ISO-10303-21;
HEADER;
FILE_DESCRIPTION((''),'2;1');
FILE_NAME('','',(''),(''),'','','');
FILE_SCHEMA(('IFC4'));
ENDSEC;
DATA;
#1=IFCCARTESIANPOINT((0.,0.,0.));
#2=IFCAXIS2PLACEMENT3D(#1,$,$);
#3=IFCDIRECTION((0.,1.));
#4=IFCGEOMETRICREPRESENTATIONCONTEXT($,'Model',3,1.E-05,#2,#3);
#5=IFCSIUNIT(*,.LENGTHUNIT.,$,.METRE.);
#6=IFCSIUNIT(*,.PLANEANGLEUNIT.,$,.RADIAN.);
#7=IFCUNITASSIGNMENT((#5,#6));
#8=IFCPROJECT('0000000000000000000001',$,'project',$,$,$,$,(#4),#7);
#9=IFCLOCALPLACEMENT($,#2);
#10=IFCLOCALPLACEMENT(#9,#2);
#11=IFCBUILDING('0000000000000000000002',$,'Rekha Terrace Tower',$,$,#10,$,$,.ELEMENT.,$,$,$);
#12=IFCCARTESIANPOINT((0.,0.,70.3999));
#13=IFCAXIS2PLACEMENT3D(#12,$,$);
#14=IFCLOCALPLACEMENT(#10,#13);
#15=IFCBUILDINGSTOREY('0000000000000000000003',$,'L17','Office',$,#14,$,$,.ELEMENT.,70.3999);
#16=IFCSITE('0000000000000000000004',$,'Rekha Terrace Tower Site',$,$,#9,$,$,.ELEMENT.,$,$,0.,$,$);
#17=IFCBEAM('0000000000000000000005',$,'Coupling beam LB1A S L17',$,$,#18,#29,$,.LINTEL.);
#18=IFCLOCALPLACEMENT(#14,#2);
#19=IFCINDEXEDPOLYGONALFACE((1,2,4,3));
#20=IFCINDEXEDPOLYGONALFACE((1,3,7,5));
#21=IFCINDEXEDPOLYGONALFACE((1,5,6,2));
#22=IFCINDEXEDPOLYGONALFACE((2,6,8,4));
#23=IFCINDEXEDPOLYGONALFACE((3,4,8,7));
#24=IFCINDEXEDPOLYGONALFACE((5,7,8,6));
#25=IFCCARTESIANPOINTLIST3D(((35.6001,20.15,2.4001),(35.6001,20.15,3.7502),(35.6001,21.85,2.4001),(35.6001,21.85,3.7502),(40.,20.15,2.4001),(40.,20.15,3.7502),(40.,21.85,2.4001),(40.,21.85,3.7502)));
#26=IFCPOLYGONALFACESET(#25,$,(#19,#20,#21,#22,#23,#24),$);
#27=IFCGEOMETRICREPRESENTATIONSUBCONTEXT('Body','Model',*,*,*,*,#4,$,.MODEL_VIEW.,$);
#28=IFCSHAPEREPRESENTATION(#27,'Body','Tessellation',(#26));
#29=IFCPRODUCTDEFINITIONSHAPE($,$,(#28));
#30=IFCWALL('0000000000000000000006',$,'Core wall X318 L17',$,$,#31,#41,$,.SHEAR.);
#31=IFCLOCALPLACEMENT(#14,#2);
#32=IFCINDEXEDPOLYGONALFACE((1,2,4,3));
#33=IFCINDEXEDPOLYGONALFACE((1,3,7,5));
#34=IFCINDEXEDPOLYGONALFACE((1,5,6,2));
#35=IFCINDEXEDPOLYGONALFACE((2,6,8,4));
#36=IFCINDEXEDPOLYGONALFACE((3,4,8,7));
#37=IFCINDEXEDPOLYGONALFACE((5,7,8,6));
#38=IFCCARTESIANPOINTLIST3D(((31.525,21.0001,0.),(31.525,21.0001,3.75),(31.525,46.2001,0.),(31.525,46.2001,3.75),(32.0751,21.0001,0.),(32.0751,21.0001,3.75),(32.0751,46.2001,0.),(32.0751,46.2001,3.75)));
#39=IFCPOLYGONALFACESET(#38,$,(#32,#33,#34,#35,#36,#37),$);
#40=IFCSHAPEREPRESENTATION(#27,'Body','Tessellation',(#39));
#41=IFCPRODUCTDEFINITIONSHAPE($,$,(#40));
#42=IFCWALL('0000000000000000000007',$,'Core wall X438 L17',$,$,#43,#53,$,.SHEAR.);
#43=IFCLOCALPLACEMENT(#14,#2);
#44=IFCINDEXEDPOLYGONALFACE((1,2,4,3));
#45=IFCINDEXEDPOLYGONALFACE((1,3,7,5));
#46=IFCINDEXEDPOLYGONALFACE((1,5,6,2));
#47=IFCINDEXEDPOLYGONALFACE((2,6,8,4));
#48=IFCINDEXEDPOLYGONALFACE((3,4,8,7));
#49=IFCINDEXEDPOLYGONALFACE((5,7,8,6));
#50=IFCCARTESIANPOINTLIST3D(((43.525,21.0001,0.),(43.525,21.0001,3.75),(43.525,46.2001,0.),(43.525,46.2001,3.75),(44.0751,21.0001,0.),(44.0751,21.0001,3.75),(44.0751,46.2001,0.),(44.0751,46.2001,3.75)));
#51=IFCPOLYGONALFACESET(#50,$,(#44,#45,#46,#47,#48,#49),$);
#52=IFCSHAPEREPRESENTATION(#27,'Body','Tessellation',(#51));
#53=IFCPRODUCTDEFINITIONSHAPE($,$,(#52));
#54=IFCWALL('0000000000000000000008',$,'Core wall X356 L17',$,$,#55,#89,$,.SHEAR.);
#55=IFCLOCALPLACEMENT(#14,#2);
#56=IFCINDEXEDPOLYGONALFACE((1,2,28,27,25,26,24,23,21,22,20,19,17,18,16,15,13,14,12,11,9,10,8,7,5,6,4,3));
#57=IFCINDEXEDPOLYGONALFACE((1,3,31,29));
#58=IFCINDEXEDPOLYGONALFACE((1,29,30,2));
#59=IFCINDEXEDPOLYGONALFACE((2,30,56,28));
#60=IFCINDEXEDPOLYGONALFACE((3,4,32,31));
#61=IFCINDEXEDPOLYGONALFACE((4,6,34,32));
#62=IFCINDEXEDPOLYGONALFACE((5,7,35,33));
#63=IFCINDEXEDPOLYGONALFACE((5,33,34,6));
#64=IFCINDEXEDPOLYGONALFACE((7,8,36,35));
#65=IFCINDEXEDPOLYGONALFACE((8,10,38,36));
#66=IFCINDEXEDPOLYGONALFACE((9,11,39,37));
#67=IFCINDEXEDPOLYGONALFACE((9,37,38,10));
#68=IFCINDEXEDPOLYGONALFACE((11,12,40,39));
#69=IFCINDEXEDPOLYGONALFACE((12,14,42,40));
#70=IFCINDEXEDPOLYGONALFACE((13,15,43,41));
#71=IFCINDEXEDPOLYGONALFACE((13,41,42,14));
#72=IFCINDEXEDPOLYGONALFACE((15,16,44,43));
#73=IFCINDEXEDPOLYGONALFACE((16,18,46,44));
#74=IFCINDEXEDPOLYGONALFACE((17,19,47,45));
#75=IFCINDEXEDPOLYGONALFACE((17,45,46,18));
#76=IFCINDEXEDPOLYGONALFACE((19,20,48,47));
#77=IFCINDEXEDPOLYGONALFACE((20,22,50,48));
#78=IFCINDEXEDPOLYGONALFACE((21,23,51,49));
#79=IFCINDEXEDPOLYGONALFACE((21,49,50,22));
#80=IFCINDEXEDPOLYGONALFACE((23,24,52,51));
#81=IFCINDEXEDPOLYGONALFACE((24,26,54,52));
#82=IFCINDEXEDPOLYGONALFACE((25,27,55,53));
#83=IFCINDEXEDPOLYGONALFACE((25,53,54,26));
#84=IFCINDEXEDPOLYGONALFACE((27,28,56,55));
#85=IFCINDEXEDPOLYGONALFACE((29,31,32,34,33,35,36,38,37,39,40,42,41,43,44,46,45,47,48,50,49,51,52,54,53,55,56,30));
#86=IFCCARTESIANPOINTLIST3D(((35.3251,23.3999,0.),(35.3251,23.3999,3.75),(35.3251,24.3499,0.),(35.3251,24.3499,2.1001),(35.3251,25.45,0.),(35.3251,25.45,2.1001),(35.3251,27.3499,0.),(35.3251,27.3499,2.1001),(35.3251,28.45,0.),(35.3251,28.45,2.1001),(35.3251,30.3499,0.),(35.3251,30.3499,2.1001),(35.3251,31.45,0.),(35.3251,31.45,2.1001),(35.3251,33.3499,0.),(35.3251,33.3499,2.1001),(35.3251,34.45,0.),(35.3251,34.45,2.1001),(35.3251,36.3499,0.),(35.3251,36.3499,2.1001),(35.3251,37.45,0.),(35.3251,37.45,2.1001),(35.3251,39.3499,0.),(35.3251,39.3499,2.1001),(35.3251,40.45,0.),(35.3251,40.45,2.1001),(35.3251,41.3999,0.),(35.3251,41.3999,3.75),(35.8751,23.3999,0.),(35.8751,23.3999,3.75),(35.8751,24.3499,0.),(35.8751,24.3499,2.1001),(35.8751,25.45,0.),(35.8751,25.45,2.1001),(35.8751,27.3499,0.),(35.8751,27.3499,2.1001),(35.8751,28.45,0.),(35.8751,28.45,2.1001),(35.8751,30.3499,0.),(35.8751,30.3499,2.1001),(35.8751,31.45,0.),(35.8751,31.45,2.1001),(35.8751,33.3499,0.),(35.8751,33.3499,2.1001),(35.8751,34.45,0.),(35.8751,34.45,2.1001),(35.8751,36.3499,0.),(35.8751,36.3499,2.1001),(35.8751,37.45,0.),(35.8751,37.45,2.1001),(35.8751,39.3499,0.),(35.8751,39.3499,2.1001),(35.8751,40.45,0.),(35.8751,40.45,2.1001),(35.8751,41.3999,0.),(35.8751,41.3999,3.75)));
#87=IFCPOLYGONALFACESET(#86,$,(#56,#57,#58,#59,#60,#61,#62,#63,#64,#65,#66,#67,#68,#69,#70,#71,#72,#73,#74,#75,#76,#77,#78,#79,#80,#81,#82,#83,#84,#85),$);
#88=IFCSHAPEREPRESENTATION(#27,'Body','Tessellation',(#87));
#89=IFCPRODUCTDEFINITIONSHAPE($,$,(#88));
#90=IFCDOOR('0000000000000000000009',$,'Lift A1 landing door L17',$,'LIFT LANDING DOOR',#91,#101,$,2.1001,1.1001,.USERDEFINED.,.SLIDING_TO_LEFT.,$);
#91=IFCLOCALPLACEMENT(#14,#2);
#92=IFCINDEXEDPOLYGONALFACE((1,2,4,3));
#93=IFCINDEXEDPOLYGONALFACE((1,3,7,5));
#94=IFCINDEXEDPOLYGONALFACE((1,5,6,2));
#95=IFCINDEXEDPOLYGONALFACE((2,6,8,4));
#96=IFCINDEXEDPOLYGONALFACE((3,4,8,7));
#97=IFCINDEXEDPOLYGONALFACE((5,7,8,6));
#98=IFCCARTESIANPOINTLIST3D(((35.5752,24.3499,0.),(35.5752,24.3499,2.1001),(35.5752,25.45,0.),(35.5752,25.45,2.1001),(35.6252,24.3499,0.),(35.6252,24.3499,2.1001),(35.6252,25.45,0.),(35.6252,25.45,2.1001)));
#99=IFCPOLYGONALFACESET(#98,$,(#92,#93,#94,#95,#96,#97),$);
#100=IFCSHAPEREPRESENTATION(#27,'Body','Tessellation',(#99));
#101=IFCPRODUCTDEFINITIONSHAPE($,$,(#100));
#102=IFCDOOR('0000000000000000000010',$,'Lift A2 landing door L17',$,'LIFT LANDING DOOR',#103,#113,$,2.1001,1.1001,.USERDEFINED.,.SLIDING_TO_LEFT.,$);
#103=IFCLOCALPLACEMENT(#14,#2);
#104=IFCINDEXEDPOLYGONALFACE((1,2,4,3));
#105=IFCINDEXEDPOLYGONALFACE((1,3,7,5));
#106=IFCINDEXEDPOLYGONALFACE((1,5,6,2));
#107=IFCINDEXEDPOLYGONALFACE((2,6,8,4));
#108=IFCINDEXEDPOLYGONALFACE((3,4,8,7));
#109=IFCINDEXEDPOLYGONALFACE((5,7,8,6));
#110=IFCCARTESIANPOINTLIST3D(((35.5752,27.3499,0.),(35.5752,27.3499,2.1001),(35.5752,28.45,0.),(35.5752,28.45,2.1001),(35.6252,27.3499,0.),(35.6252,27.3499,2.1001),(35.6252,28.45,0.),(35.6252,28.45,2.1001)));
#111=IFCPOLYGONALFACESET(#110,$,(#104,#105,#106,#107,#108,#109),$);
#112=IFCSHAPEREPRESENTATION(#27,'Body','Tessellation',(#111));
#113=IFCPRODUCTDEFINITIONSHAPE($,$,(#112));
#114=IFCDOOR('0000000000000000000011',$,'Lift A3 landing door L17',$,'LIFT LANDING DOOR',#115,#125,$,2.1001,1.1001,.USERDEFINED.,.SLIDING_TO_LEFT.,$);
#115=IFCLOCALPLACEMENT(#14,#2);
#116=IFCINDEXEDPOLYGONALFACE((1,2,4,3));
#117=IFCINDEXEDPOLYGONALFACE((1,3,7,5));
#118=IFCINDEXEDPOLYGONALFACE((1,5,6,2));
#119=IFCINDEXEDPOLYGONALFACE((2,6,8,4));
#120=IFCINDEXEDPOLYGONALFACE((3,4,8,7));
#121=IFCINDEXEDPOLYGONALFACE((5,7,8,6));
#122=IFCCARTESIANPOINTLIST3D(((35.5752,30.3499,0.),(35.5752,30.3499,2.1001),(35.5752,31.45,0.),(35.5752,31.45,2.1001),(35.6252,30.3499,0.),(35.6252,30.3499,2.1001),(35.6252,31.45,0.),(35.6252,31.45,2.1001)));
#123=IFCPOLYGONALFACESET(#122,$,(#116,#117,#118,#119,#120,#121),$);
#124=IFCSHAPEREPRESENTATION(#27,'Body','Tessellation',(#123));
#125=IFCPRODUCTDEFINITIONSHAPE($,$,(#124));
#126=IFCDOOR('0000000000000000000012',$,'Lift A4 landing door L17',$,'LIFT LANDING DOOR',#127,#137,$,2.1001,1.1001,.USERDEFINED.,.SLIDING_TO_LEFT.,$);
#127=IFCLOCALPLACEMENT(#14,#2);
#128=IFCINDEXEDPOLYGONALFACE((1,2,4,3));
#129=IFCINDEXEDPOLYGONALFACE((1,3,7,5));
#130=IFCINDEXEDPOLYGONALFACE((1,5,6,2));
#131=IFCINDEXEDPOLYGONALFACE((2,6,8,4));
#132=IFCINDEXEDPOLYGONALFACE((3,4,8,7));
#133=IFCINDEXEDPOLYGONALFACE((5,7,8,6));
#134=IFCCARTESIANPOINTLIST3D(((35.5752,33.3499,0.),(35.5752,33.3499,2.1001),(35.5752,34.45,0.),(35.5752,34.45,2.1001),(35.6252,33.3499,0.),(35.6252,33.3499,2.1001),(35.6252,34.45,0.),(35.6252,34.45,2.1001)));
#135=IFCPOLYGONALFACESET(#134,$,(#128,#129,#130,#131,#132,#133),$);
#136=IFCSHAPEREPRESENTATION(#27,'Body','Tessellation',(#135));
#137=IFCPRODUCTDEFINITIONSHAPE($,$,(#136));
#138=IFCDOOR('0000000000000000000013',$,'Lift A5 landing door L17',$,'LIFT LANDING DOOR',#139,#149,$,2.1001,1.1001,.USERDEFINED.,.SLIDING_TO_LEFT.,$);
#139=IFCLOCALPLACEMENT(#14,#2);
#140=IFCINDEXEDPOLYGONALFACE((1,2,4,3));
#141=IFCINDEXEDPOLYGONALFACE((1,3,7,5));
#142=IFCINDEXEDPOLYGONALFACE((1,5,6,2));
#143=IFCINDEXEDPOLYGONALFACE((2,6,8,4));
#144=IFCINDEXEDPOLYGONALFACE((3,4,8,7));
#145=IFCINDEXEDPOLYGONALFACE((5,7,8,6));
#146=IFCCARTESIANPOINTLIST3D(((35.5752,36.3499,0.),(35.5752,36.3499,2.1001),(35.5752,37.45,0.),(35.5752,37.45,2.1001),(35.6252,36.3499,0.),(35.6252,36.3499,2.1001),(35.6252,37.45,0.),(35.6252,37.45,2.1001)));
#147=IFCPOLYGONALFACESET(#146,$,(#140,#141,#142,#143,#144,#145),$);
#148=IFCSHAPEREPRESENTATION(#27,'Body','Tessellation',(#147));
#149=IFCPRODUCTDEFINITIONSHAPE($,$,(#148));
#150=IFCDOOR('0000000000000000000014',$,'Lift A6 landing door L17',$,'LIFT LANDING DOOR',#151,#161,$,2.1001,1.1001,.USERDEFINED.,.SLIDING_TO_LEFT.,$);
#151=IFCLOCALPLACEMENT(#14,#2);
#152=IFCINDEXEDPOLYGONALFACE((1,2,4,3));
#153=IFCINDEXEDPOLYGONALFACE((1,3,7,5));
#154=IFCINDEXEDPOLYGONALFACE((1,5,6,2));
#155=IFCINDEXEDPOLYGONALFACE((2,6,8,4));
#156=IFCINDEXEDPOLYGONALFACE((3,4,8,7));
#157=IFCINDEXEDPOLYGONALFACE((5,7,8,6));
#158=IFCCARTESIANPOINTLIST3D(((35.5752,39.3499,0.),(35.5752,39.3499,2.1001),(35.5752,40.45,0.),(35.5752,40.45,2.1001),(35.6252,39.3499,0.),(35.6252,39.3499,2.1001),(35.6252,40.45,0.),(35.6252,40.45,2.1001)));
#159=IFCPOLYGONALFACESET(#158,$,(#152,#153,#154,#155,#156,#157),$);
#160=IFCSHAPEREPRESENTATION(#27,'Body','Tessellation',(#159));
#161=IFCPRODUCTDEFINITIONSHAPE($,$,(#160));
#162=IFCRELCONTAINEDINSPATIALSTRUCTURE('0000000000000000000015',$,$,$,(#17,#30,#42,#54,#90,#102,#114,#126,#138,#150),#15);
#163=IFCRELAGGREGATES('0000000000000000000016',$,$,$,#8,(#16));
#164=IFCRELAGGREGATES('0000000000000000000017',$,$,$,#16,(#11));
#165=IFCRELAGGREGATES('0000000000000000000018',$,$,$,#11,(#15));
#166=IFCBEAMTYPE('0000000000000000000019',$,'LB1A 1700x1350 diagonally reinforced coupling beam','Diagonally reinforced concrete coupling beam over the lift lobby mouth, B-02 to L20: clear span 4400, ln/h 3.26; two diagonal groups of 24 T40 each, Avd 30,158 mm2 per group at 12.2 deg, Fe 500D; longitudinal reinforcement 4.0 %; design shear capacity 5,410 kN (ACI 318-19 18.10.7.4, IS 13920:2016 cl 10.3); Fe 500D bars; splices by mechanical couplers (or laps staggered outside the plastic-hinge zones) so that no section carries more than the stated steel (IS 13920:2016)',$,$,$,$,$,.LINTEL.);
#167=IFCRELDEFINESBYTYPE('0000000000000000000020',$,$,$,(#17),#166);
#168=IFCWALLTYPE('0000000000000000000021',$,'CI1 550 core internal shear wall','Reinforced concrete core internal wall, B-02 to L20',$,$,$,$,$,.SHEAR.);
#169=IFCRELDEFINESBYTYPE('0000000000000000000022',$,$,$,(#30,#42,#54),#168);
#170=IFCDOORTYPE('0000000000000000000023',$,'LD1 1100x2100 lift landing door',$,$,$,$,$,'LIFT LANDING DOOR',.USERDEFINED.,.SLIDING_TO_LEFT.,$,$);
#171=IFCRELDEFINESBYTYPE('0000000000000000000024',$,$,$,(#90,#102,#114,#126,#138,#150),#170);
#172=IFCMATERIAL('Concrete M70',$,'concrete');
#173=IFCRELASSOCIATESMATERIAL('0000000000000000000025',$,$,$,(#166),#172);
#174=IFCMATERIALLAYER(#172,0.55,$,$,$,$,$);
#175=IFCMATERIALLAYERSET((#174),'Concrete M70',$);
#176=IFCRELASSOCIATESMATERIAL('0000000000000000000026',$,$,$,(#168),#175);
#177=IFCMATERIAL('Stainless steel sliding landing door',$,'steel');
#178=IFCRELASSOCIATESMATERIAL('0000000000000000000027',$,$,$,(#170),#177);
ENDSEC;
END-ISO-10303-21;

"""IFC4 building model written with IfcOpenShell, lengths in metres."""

from ifc_helpers import new_model, si_unit, direction, frame, frame_2d, origin, origin_2d, place, context, subcontext, project, spatial, rectangle, extrude, material, layer, layer_set, material_profile, profile_set, type_object, element, fill, save


model = new_model("IFC4")

# Units and contexts
model_context = context("Model", 3, precision=1e-05, world=origin(), true_north=direction((0.0, 1.0)))
body_context = subcontext(model_context, "Body", "Model", "MODEL_VIEW")
ifc_project = project(units=[si_unit("LENGTHUNIT", "METRE"), si_unit("PLANEANGLEUNIT", "RADIAN")], contexts=[model_context])

# Site, building, storey
site_placement = place(None, origin())
site = spatial("IfcSite", under=ifc_project, at=site_placement, Name="Rekha Terrace Tower Site", CompositionType="ELEMENT", RefElevation=0.0)
building_placement = place(site_placement, origin())
building = spatial("IfcBuilding", under=site, at=building_placement, Name="Rekha Terrace Tower", CompositionType="ELEMENT")
storey_placement = place(building_placement, frame((0.0, 0.0, 70.3999)))
storey = spatial("IfcBuildingStorey", under=building, at=storey_placement, Name="L17", Description="Office", CompositionType="ELEMENT", Elevation=70.3999)

# Beam
ifc_material_1 = material(Name="Concrete M70", Category="concrete")
ifc_material_profile = material_profile(ifc_material_1, rectangle(XDim=1.7, YDim=1.3501, at=origin_2d()), Name="RC 1700x1350")
ifc_profile_set = profile_set([ifc_material_profile], Name="Concrete M70")
beam_type = type_object("IfcBeamType", Name="LB1A 1700x1350 diagonally reinforced coupling beam", Description="Diagonally reinforced concrete coupling beam over the lift lobby mouth, B-02 to L20: clear span 4400, ln/h 3.26; two diagonal groups of 24 T40 each, Avd 30,158 mm2 per group at 12.2 deg, Fe 500D; longitudinal reinforcement 4.0 %; design shear capacity 5,410 kN (ACI 318-19 18.10.7.4, IS 13920:2016 cl 10.3); Fe 500D bars; splices by mechanical couplers (or laps staggered outside the plastic-hinge zones) so that no section carries more than the stated steel (IS 13920:2016)", PredefinedType="LINTEL", material=ifc_profile_set)
beam_placement = place(storey_placement, frame((35.6001, 21.0, 3.0752), z_axis=(1.0, 0.0, 0.0), x_axis=(0.0, 1.0, 0.0)))
element("IfcBeam", 1, at=beam_placement, inside=storey, type_object=beam_type, Name="Coupling beam LB1A S L17", PredefinedType="LINTEL", context=body_context, shape_type="SweptSolid", body=[
    extrude(rectangle(XDim=1.7, YDim=1.3501, at=origin_2d()), origin(), (0.0, 0.0, 1.0), 4.3999),
])

# Walls
ifc_layer_1 = layer(ifc_material_1, 0.55)
ifc_layer_set_1 = layer_set([ifc_layer_1], Name="Concrete M70")
wall_type_1 = type_object("IfcWallType", Name="CI1 550 core internal shear wall", Description="Reinforced concrete core internal wall, B-02 to L20", PredefinedType="SHEAR", material=ifc_layer_set_1)
for number, where, z_axis, x_axis, name in (
    (2, (31.8, 21.0, 0.0), (0.0, 0.0, 1.0), (0.0, 1.0, 0.0), "Core wall X318 L17"),
    (3, (43.8, 21.0, 0.0), (0.0, 0.0, 1.0), (0.0, 1.0, 0.0), "Core wall X438 L17"),
):
    element("IfcWall", number, at=place(storey_placement, frame(where, z_axis=z_axis, x_axis=x_axis)), inside=storey, type_object=wall_type_1, Name=name, PredefinedType="SHEAR", context=body_context, shape_type="SweptSolid", body=[
        extrude(rectangle(XDim=25.2, YDim=0.55, at=frame_2d((12.6001, 0.0))), origin(), (0.0, 0.0, 1.0), 3.75),
    ])

# Wall, openings, doors
wall_1_placement = place(storey_placement, frame((35.6001, 23.3999, 0.0), z_axis=(0.0, 0.0, 1.0), x_axis=(0.0, 1.0, 0.0)))
wall_1 = element("IfcWall", 4, at=wall_1_placement, inside=storey, type_object=wall_type_1, Name="Core wall X356 L17", PredefinedType="SHEAR", context=body_context, shape_type="SweptSolid", body=[
    extrude(rectangle(XDim=18.0, YDim=0.55, at=frame_2d((9.0, 0.0))), origin(), (0.0, 0.0, 1.0), 3.75),
])
opening_1_placement = place(wall_1_placement, frame((0.95, 0.0, 0.0)))
opening_1 = element("IfcOpeningElement", 5, at=opening_1_placement, cuts=wall_1, PredefinedType="OPENING", context=body_context, shape_type="SweptSolid", body=[
    extrude(rectangle(XDim=1.1001, YDim=2.1001, at=frame_2d((0.55, 1.05))), frame((0.0, 0.2849, 0.0), z_axis=(0.0, -1.0, 0.0), x_axis=(1.0, 0.0, 0.0)), (0.0, 0.0, 1.0), 0.5701),
])
opening_2_placement = place(wall_1_placement, frame((3.95, 0.0, 0.0)))
opening_2 = element("IfcOpeningElement", 6, at=opening_2_placement, cuts=wall_1, PredefinedType="OPENING", context=body_context, shape_type="SweptSolid", body=[
    extrude(rectangle(XDim=1.1001, YDim=2.1001, at=frame_2d((0.55, 1.05))), frame((0.0, 0.2849, 0.0), z_axis=(0.0, -1.0, 0.0), x_axis=(1.0, 0.0, 0.0)), (0.0, 0.0, 1.0), 0.5701),
])
opening_3_placement = place(wall_1_placement, frame((6.95, 0.0, 0.0)))
opening_3 = element("IfcOpeningElement", 7, at=opening_3_placement, cuts=wall_1, PredefinedType="OPENING", context=body_context, shape_type="SweptSolid", body=[
    extrude(rectangle(XDim=1.1001, YDim=2.1001, at=frame_2d((0.55, 1.05))), frame((0.0, 0.2849, 0.0), z_axis=(0.0, -1.0, 0.0), x_axis=(1.0, 0.0, 0.0)), (0.0, 0.0, 1.0), 0.5701),
])
opening_4_placement = place(wall_1_placement, frame((9.95, 0.0, 0.0)))
opening_4 = element("IfcOpeningElement", 8, at=opening_4_placement, cuts=wall_1, PredefinedType="OPENING", context=body_context, shape_type="SweptSolid", body=[
    extrude(rectangle(XDim=1.1001, YDim=2.1001, at=frame_2d((0.55, 1.05))), frame((0.0, 0.2849, 0.0), z_axis=(0.0, -1.0, 0.0), x_axis=(1.0, 0.0, 0.0)), (0.0, 0.0, 1.0), 0.5701),
])
opening_5_placement = place(wall_1_placement, frame((12.95, 0.0, 0.0)))
opening_5 = element("IfcOpeningElement", 9, at=opening_5_placement, cuts=wall_1, PredefinedType="OPENING", context=body_context, shape_type="SweptSolid", body=[
    extrude(rectangle(XDim=1.1001, YDim=2.1001, at=frame_2d((0.55, 1.05))), frame((0.0, 0.2849, 0.0), z_axis=(0.0, -1.0, 0.0), x_axis=(1.0, 0.0, 0.0)), (0.0, 0.0, 1.0), 0.5701),
])
opening_6_placement = place(wall_1_placement, frame((15.95, 0.0, 0.0)))
opening_6 = element("IfcOpeningElement", 10, at=opening_6_placement, cuts=wall_1, PredefinedType="OPENING", context=body_context, shape_type="SweptSolid", body=[
    extrude(rectangle(XDim=1.1001, YDim=2.1001, at=frame_2d((0.55, 1.05))), frame((0.0, 0.2849, 0.0), z_axis=(0.0, -1.0, 0.0), x_axis=(1.0, 0.0, 0.0)), (0.0, 0.0, 1.0), 0.5701),
])
ifc_material_2 = material(Name="Stainless steel sliding landing door", Category="steel")
door_type_1 = type_object("IfcDoorType", Name="LD1 1100x2100 lift landing door", ElementType="LIFT LANDING DOOR", OperationType="SLIDING_TO_LEFT", PredefinedType="USERDEFINED", material=ifc_material_2)
door_1_placement = place(opening_1_placement, origin())
door_1 = element("IfcDoor", 11, at=door_1_placement, inside=storey, type_object=door_type_1, Name="Lift A1 landing door L17", ObjectType="LIFT LANDING DOOR", OperationType="SLIDING_TO_LEFT", OverallHeight=2.1001, OverallWidth=1.1001, PredefinedType="USERDEFINED", context=body_context, shape_type="SweptSolid", body=[
    extrude(rectangle(XDim=1.1001, YDim=2.1001, at=frame_2d((0.55, 1.05))), frame((0.0, 0.0249, 0.0), z_axis=(0.0, -1.0, 0.0), x_axis=(1.0, 0.0, 0.0)), (0.0, 0.0, 1.0), 0.05),
])
fill(opening_1, door_1)
door_2_placement = place(opening_2_placement, origin())
door_2 = element("IfcDoor", 12, at=door_2_placement, inside=storey, type_object=door_type_1, Name="Lift A2 landing door L17", ObjectType="LIFT LANDING DOOR", OperationType="SLIDING_TO_LEFT", OverallHeight=2.1001, OverallWidth=1.1001, PredefinedType="USERDEFINED", context=body_context, shape_type="SweptSolid", body=[
    extrude(rectangle(XDim=1.1001, YDim=2.1001, at=frame_2d((0.55, 1.05))), frame((0.0, 0.0249, 0.0), z_axis=(0.0, -1.0, 0.0), x_axis=(1.0, 0.0, 0.0)), (0.0, 0.0, 1.0), 0.05),
])
fill(opening_2, door_2)
door_3_placement = place(opening_3_placement, origin())
door_3 = element("IfcDoor", 13, at=door_3_placement, inside=storey, type_object=door_type_1, Name="Lift A3 landing door L17", ObjectType="LIFT LANDING DOOR", OperationType="SLIDING_TO_LEFT", OverallHeight=2.1001, OverallWidth=1.1001, PredefinedType="USERDEFINED", context=body_context, shape_type="SweptSolid", body=[
    extrude(rectangle(XDim=1.1001, YDim=2.1001, at=frame_2d((0.55, 1.05))), frame((0.0, 0.0249, 0.0), z_axis=(0.0, -1.0, 0.0), x_axis=(1.0, 0.0, 0.0)), (0.0, 0.0, 1.0), 0.05),
])
fill(opening_3, door_3)
door_4_placement = place(opening_4_placement, origin())
door_4 = element("IfcDoor", 14, at=door_4_placement, inside=storey, type_object=door_type_1, Name="Lift A4 landing door L17", ObjectType="LIFT LANDING DOOR", OperationType="SLIDING_TO_LEFT", OverallHeight=2.1001, OverallWidth=1.1001, PredefinedType="USERDEFINED", context=body_context, shape_type="SweptSolid", body=[
    extrude(rectangle(XDim=1.1001, YDim=2.1001, at=frame_2d((0.55, 1.05))), frame((0.0, 0.0249, 0.0), z_axis=(0.0, -1.0, 0.0), x_axis=(1.0, 0.0, 0.0)), (0.0, 0.0, 1.0), 0.05),
])
fill(opening_4, door_4)
door_5_placement = place(opening_5_placement, origin())
door_5 = element("IfcDoor", 15, at=door_5_placement, inside=storey, type_object=door_type_1, Name="Lift A5 landing door L17", ObjectType="LIFT LANDING DOOR", OperationType="SLIDING_TO_LEFT", OverallHeight=2.1001, OverallWidth=1.1001, PredefinedType="USERDEFINED", context=body_context, shape_type="SweptSolid", body=[
    extrude(rectangle(XDim=1.1001, YDim=2.1001, at=frame_2d((0.55, 1.05))), frame((0.0, 0.0249, 0.0), z_axis=(0.0, -1.0, 0.0), x_axis=(1.0, 0.0, 0.0)), (0.0, 0.0, 1.0), 0.05),
])
fill(opening_5, door_5)
door_6_placement = place(opening_6_placement, origin())
door_6 = element("IfcDoor", 16, at=door_6_placement, inside=storey, type_object=door_type_1, Name="Lift A6 landing door L17", ObjectType="LIFT LANDING DOOR", OperationType="SLIDING_TO_LEFT", OverallHeight=2.1001, OverallWidth=1.1001, PredefinedType="USERDEFINED", context=body_context, shape_type="SweptSolid", body=[
    extrude(rectangle(XDim=1.1001, YDim=2.1001, at=frame_2d((0.55, 1.05))), frame((0.0, 0.0249, 0.0), z_axis=(0.0, -1.0, 0.0), x_axis=(1.0, 0.0, 0.0)), (0.0, 0.0, 1.0), 0.05),
])
fill(opening_6, door_6)

save(model, "model.ifc")
